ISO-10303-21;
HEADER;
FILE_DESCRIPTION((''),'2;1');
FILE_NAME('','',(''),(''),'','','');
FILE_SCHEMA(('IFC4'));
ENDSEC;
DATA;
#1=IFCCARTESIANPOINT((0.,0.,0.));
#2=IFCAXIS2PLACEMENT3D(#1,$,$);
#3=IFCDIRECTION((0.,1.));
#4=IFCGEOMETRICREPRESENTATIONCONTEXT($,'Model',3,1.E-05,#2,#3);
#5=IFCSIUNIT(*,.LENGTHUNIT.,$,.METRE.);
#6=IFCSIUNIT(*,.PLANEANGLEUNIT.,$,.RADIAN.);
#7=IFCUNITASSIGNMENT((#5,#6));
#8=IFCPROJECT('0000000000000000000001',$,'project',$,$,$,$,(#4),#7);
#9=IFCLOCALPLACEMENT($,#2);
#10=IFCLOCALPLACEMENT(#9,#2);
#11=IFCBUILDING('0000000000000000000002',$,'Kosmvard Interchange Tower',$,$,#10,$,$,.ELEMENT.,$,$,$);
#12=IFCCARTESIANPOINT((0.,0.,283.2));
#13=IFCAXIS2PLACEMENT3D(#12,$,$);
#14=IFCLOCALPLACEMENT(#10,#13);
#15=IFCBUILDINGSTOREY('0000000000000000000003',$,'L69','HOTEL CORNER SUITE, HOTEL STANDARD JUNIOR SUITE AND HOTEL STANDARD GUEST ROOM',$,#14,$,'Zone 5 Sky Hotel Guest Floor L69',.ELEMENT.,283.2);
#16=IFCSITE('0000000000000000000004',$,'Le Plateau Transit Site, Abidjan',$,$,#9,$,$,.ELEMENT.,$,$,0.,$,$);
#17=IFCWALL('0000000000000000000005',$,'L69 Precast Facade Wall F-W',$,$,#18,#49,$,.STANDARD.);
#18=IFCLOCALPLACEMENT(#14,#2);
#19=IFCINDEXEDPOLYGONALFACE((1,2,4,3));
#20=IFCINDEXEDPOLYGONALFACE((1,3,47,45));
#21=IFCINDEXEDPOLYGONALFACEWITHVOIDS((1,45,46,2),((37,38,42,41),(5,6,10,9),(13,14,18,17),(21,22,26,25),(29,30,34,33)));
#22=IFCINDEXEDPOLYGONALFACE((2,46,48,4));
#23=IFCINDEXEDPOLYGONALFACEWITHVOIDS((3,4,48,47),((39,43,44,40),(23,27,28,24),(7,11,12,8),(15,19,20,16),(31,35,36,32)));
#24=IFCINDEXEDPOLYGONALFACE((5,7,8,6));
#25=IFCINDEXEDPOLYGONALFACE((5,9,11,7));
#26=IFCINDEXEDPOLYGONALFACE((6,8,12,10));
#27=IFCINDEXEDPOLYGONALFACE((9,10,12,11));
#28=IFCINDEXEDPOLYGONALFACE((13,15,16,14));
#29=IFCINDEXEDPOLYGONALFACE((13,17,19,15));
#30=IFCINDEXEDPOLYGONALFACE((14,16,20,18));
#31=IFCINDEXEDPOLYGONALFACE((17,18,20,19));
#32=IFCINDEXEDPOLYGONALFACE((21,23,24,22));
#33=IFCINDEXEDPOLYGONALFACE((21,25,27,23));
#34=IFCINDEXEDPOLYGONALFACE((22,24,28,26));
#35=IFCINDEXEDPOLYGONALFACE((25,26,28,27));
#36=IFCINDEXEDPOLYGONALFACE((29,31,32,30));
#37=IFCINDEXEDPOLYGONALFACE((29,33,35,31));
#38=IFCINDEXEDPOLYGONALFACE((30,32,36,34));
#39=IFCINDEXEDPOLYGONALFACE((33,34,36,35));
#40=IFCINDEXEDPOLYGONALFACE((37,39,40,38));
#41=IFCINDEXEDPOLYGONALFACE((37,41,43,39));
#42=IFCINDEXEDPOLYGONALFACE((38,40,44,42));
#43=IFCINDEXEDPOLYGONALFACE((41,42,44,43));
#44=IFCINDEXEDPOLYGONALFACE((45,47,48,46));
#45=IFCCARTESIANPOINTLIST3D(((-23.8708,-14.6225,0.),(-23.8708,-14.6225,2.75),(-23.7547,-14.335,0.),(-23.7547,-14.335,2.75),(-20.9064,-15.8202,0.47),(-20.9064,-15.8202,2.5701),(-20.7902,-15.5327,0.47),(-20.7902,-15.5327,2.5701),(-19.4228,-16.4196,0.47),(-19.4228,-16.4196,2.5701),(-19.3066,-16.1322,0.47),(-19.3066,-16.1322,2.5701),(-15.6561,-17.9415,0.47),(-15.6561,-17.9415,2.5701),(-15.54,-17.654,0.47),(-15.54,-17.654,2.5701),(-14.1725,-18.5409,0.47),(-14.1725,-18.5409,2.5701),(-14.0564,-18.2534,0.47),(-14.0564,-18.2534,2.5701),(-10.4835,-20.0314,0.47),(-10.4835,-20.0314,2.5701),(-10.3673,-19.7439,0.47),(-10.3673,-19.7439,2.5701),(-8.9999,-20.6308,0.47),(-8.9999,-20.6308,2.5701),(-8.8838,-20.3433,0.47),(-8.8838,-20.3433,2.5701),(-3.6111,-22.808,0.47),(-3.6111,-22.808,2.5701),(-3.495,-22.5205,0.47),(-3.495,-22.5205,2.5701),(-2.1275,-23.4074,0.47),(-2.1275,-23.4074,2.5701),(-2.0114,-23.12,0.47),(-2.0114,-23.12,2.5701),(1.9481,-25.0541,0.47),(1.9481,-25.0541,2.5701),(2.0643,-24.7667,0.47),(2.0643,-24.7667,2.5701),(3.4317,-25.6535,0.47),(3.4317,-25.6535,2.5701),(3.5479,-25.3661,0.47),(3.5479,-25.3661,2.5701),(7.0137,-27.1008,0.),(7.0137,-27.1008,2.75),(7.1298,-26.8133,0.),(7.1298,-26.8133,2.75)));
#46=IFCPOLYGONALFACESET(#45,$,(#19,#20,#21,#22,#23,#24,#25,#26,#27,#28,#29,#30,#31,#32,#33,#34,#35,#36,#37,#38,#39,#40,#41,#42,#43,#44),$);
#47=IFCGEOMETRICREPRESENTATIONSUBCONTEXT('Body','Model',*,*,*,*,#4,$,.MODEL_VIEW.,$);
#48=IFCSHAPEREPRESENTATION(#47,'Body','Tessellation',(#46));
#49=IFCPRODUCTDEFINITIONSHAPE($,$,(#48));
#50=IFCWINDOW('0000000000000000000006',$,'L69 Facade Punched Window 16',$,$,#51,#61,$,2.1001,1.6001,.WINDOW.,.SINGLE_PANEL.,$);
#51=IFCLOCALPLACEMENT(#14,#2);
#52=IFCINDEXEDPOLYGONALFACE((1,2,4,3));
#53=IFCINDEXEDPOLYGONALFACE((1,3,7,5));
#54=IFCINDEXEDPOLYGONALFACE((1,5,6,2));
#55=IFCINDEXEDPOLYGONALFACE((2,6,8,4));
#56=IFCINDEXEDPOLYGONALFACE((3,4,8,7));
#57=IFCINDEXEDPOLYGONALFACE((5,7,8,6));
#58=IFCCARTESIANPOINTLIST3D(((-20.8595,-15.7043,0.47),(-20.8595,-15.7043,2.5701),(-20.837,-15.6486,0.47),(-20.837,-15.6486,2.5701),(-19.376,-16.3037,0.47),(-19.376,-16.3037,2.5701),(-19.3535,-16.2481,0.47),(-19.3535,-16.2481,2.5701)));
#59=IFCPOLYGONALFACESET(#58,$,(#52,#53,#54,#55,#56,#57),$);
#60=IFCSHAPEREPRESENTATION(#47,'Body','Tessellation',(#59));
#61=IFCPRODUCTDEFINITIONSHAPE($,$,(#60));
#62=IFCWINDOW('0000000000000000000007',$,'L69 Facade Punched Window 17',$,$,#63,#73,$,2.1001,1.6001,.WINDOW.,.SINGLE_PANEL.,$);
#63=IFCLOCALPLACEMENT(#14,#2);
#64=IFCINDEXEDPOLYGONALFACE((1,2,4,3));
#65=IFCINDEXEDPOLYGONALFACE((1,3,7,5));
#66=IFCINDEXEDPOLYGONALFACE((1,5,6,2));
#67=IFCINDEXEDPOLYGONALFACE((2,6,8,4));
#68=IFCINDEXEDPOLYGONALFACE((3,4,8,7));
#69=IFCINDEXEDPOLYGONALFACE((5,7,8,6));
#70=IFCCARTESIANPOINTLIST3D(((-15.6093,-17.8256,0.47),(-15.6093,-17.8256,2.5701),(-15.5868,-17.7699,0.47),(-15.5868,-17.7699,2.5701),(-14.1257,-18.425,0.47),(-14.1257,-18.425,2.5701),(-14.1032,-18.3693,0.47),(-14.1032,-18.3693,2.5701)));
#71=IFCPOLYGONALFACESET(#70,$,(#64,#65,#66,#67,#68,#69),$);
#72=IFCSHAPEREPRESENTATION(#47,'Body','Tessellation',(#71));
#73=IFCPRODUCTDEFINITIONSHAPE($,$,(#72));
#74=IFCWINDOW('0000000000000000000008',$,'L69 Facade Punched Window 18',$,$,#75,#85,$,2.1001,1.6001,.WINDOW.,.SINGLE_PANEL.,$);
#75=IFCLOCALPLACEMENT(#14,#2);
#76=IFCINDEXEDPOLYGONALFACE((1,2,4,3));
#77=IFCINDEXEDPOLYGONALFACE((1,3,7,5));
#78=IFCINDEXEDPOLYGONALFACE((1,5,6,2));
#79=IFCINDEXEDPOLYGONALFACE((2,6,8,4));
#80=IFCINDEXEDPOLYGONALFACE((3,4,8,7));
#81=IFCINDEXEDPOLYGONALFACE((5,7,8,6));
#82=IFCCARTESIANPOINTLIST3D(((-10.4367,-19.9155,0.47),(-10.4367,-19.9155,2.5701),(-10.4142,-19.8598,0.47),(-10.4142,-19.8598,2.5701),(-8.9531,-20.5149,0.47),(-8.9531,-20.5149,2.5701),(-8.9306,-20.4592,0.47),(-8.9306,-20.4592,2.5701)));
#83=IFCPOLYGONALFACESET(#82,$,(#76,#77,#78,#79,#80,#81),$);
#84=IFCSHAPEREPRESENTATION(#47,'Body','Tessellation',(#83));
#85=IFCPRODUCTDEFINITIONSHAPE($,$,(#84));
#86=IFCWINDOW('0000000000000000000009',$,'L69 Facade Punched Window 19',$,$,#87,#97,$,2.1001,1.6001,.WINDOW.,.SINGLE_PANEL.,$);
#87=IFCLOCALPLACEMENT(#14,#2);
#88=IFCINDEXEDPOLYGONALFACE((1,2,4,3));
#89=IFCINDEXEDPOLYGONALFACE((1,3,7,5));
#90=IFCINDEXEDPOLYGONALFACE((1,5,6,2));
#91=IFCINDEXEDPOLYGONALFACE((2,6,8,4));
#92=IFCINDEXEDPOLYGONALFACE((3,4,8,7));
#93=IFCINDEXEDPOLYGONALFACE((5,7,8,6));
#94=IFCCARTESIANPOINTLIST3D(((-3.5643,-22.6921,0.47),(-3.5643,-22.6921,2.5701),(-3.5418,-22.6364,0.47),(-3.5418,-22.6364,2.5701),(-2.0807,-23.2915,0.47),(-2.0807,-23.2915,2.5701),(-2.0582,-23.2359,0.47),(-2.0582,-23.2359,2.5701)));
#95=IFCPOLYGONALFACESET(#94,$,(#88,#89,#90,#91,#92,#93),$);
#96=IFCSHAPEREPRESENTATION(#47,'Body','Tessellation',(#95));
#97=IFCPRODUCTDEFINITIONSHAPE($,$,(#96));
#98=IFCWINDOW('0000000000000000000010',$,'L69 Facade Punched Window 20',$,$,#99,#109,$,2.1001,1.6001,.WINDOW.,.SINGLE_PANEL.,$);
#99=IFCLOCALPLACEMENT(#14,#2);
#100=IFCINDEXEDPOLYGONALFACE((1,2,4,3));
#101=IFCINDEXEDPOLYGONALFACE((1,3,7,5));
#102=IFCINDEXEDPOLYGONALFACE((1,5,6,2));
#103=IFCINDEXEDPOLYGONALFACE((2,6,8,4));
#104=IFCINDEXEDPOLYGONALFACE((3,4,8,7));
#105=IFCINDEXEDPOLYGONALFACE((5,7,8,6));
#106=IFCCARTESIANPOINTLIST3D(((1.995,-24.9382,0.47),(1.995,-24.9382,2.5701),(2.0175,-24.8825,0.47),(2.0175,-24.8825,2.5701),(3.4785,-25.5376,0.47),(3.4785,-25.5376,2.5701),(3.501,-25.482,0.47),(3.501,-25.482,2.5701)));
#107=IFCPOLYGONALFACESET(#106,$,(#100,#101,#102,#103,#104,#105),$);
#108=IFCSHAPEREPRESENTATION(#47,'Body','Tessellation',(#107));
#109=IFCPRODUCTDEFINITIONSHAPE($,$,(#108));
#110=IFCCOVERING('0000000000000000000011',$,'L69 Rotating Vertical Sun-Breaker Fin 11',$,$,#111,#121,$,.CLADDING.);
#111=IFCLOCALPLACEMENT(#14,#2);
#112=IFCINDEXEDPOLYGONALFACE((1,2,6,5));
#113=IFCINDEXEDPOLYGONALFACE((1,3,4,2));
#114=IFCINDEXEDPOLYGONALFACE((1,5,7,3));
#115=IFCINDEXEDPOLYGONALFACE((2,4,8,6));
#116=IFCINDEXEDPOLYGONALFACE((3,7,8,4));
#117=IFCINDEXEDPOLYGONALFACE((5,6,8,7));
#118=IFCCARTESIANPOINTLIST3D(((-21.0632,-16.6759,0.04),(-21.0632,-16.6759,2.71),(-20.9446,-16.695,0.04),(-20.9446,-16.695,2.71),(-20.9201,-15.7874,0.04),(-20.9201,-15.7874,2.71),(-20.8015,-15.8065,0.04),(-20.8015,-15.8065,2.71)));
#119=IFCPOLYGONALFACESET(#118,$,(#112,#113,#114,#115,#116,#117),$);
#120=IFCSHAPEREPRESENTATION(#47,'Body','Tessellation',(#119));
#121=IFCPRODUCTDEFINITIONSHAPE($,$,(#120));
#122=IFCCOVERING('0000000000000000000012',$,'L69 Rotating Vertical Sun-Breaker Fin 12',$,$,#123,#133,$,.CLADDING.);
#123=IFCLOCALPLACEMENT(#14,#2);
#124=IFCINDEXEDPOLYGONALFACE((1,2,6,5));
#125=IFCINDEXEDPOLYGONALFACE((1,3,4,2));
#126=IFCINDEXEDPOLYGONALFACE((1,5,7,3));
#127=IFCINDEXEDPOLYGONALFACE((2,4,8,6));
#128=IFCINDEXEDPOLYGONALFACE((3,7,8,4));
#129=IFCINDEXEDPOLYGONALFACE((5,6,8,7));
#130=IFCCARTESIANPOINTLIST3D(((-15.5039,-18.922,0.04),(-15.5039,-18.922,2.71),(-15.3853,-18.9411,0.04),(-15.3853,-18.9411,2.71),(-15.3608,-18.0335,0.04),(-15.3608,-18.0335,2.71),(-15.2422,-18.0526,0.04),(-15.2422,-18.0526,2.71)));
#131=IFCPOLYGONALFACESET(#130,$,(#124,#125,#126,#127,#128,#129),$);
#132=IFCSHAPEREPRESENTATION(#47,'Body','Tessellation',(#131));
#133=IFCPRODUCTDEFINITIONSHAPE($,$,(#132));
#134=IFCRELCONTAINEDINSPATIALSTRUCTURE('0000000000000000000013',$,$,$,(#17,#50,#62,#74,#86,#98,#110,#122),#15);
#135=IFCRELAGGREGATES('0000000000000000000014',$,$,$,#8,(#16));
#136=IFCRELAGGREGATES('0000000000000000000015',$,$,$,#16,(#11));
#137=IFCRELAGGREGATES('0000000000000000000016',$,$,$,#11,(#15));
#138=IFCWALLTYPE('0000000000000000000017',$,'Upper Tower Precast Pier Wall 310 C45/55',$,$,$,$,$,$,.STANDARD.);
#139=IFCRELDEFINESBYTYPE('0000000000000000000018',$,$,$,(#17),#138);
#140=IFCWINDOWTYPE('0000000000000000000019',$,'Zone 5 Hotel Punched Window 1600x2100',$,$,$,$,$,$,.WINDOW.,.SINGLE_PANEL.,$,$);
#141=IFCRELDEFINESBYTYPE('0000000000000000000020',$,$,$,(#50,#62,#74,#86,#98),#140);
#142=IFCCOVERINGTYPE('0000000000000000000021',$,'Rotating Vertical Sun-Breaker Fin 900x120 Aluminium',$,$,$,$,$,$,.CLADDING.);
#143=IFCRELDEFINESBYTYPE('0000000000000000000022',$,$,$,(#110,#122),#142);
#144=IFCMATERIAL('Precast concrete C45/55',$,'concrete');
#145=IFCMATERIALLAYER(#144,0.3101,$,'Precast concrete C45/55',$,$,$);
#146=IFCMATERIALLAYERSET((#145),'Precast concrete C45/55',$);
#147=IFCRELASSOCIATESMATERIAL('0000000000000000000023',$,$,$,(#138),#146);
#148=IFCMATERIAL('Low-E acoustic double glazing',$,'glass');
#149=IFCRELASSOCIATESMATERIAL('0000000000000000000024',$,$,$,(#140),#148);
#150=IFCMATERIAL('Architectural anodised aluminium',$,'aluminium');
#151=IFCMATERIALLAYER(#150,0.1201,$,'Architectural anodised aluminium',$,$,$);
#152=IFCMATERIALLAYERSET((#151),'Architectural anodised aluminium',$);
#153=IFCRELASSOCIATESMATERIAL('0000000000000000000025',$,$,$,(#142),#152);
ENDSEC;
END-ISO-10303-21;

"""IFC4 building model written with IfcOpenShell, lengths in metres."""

from ifc_helpers import new_model, si_unit, direction, frame, frame_2d, origin, origin_2d, place, context, subcontext, project, spatial, rectangle, extrude, source, transform, mapped, material, layer, layer_set, type_object, element, fill, save


model = new_model("IFC4")

# Units and contexts
model_context = context("Model", 3, precision=1e-05, world=origin(), true_north=direction((0.0, 1.0)))
body_context = subcontext(model_context, "Body", "Model", "MODEL_VIEW")
ifc_project = project(units=[si_unit("LENGTHUNIT", "METRE"), si_unit("PLANEANGLEUNIT", "RADIAN")], contexts=[model_context])

# Site, building, storey
site_placement = place(None, origin())
site = spatial("IfcSite", under=ifc_project, at=site_placement, Name="Le Plateau Transit Site, Abidjan", CompositionType="ELEMENT", RefElevation=0.0)
building_placement = place(site_placement, origin())
building = spatial("IfcBuilding", under=site, at=building_placement, Name="Kosmvard Interchange Tower", CompositionType="ELEMENT")
storey_placement = place(building_placement, frame((0.0, 0.0, 283.2)))
storey = spatial("IfcBuildingStorey", under=building, at=storey_placement, Name="L69", Description="HOTEL CORNER SUITE, HOTEL STANDARD JUNIOR SUITE AND HOTEL STANDARD GUEST ROOM", LongName="Zone 5 Sky Hotel Guest Floor L69", CompositionType="ELEMENT", Elevation=283.2)

# Shared definitions
ifc_material_1 = material(Name="Precast concrete C45/55", Category="concrete")
ifc_layer_1 = layer(ifc_material_1, 0.3101, Name="Precast concrete C45/55")
ifc_layer_set_1 = layer_set([ifc_layer_1], Name="Precast concrete C45/55")
wall_type = type_object("IfcWallType", Name="Upper Tower Precast Pier Wall 310 C45/55", PredefinedType="STANDARD", material=ifc_layer_set_1)
ifc_material_2 = material(Name="Low-E acoustic double glazing", Category="glass")
window_type = type_object("IfcWindowType", Name="Zone 5 Hotel Punched Window 1600x2100", PartitioningType="SINGLE_PANEL", PredefinedType="WINDOW", material=ifc_material_2)
shared_shape_1 = source(origin(), body_context, "Body", "SweptSolid", [
    extrude(rectangle(XDim=1.6001, YDim=2.1001, at=frame_2d((0.8, 1.05))), frame((0.0, 0.03, 0.0), z_axis=(0.0, -1.0, 0.0), x_axis=(1.0, 0.0, 0.0)), (0.0, 0.0, 1.0), 0.0601),
])

# Wall, openings, windows
wall_1_placement = place(storey_placement, frame((-23.8127, -14.4788, 0.0), z_axis=(0.0, 0.0, 1.0), x_axis=(0.927183, -0.37461, 0.0)))
wall_1 = element("IfcWall", 1, at=wall_1_placement, inside=storey, type_object=wall_type, Name="L69 Precast Facade Wall F-W", PredefinedType="STANDARD", context=body_context, shape_type="SweptSolid", body=[
    extrude(rectangle(XDim=33.3101, YDim=0.3101, at=frame_2d((16.655, 0.0))), origin(), (0.0, 0.0, 1.0), 2.75),
])
opening_1_placement = place(wall_1_placement, frame((3.1973, 0.0, 0.47)))
opening_1 = element("IfcOpeningElement", 2, at=opening_1_placement, cuts=wall_1, PredefinedType="OPENING", context=body_context, shape_type="SweptSolid", body=[
    extrude(rectangle(XDim=1.6001, YDim=2.1001, at=frame_2d((0.8, 1.05))), frame((0.0, 0.165, 0.0), z_axis=(0.0, -1.0, 0.0), x_axis=(1.0, 0.0, 0.0)), (0.0, 0.0, 1.0), 0.3301),
])
opening_2_placement = place(wall_1_placement, frame((8.8599, 0.0, 0.47)))
opening_2 = element("IfcOpeningElement", 3, at=opening_2_placement, cuts=wall_1, PredefinedType="OPENING", context=body_context, shape_type="SweptSolid", body=[
    extrude(rectangle(XDim=1.6001, YDim=2.1001, at=frame_2d((0.8, 1.05))), frame((0.0, 0.165, 0.0), z_axis=(0.0, -1.0, 0.0), x_axis=(1.0, 0.0, 0.0)), (0.0, 0.0, 1.0), 0.3301),
])
opening_3_placement = place(wall_1_placement, frame((14.4387, 0.0, 0.47)))
opening_3 = element("IfcOpeningElement", 4, at=opening_3_placement, cuts=wall_1, PredefinedType="OPENING", context=body_context, shape_type="SweptSolid", body=[
    extrude(rectangle(XDim=1.6001, YDim=2.1001, at=frame_2d((0.8, 1.05))), frame((0.0, 0.165, 0.0), z_axis=(0.0, -1.0, 0.0), x_axis=(1.0, 0.0, 0.0)), (0.0, 0.0, 1.0), 0.3301),
])
opening_4_placement = place(wall_1_placement, frame((21.8508, 0.0, 0.47)))
opening_4 = element("IfcOpeningElement", 5, at=opening_4_placement, cuts=wall_1, PredefinedType="OPENING", context=body_context, shape_type="SweptSolid", body=[
    extrude(rectangle(XDim=1.6001, YDim=2.1001, at=frame_2d((0.8, 1.05))), frame((0.0, 0.165, 0.0), z_axis=(0.0, -1.0, 0.0), x_axis=(1.0, 0.0, 0.0)), (0.0, 0.0, 1.0), 0.3301),
])
opening_5_placement = place(wall_1_placement, frame((27.8467, 0.0, 0.47)))
opening_5 = element("IfcOpeningElement", 6, at=opening_5_placement, cuts=wall_1, PredefinedType="OPENING", context=body_context, shape_type="SweptSolid", body=[
    extrude(rectangle(XDim=1.6001, YDim=2.1001, at=frame_2d((0.8, 1.05))), frame((0.0, 0.165, 0.0), z_axis=(0.0, -1.0, 0.0), x_axis=(1.0, 0.0, 0.0)), (0.0, 0.0, 1.0), 0.3301),
])
window_1_placement = place(opening_1_placement, origin())
window_1 = element("IfcWindow", 7, at=window_1_placement, inside=storey, type_object=window_type, Name="L69 Facade Punched Window 16", OverallHeight=2.1001, OverallWidth=1.6001, PartitioningType="SINGLE_PANEL", PredefinedType="WINDOW", context=body_context, shape_type="MappedRepresentation", body=[
    mapped(shared_shape_1, transform((0.0, 0.0, 0.0), scale=1.0)),
])
fill(opening_1, window_1)
window_2_placement = place(opening_2_placement, origin())
window_2 = element("IfcWindow", 8, at=window_2_placement, inside=storey, type_object=window_type, Name="L69 Facade Punched Window 17", OverallHeight=2.1001, OverallWidth=1.6001, PartitioningType="SINGLE_PANEL", PredefinedType="WINDOW", context=body_context, shape_type="MappedRepresentation", body=[
    mapped(shared_shape_1, transform((0.0, 0.0, 0.0), scale=1.0)),
])
fill(opening_2, window_2)
window_3_placement = place(opening_3_placement, origin())
window_3 = element("IfcWindow", 9, at=window_3_placement, inside=storey, type_object=window_type, Name="L69 Facade Punched Window 18", OverallHeight=2.1001, OverallWidth=1.6001, PartitioningType="SINGLE_PANEL", PredefinedType="WINDOW", context=body_context, shape_type="MappedRepresentation", body=[
    mapped(shared_shape_1, transform((0.0, 0.0, 0.0), scale=1.0)),
])
fill(opening_3, window_3)
window_4_placement = place(opening_4_placement, origin())
window_4 = element("IfcWindow", 10, at=window_4_placement, inside=storey, type_object=window_type, Name="L69 Facade Punched Window 19", OverallHeight=2.1001, OverallWidth=1.6001, PartitioningType="SINGLE_PANEL", PredefinedType="WINDOW", context=body_context, shape_type="MappedRepresentation", body=[
    mapped(shared_shape_1, transform((0.0, 0.0, 0.0), scale=1.0)),
])
fill(opening_4, window_4)
window_5_placement = place(opening_5_placement, origin())
window_5 = element("IfcWindow", 11, at=window_5_placement, inside=storey, type_object=window_type, Name="L69 Facade Punched Window 20", OverallHeight=2.1001, OverallWidth=1.6001, PartitioningType="SINGLE_PANEL", PredefinedType="WINDOW", context=body_context, shape_type="MappedRepresentation", body=[
    mapped(shared_shape_1, transform((0.0, 0.0, 0.0), scale=1.0)),
])
fill(opening_5, window_5)

# Coverings
ifc_material_3 = material(Name="Architectural anodised aluminium", Category="aluminium")
ifc_layer_2 = layer(ifc_material_3, 0.1201, Name="Architectural anodised aluminium")
ifc_layer_set_2 = layer_set([ifc_layer_2], Name="Architectural anodised aluminium")
covering_type = type_object("IfcCoveringType", Name="Rotating Vertical Sun-Breaker Fin 900x120 Aluminium", PredefinedType="CLADDING", material=ifc_layer_set_2)
shared_shape_2 = source(origin(), body_context, "Body", "SweptSolid", [
    extrude(rectangle(XDim=0.8999, YDim=0.1201, at=origin_2d()), origin(), (0.0, 0.0, 1.0), 2.6699),
])
for number, where, z_axis, x_axis, name in (
    (12, (-20.9324, -16.2412, 0.04), (0.0, 0.0, 1.0), (-0.15902, -0.987275, 0.0), "L69 Rotating Vertical Sun-Breaker Fin 11"),
    (13, (-15.373, -18.4873, 0.04), (0.0, 0.0, 1.0), (-0.15902, -0.987275, 0.0), "L69 Rotating Vertical Sun-Breaker Fin 12"),
):
    element("IfcCovering", number, at=place(storey_placement, frame(where, z_axis=z_axis, x_axis=x_axis)), inside=storey, type_object=covering_type, Name=name, PredefinedType="CLADDING", context=body_context, shape_type="MappedRepresentation", body=[
        mapped(shared_shape_2, transform((0.0, 0.0, 0.0), scale=1.0)),
    ])

save(model, "model.ifc")
